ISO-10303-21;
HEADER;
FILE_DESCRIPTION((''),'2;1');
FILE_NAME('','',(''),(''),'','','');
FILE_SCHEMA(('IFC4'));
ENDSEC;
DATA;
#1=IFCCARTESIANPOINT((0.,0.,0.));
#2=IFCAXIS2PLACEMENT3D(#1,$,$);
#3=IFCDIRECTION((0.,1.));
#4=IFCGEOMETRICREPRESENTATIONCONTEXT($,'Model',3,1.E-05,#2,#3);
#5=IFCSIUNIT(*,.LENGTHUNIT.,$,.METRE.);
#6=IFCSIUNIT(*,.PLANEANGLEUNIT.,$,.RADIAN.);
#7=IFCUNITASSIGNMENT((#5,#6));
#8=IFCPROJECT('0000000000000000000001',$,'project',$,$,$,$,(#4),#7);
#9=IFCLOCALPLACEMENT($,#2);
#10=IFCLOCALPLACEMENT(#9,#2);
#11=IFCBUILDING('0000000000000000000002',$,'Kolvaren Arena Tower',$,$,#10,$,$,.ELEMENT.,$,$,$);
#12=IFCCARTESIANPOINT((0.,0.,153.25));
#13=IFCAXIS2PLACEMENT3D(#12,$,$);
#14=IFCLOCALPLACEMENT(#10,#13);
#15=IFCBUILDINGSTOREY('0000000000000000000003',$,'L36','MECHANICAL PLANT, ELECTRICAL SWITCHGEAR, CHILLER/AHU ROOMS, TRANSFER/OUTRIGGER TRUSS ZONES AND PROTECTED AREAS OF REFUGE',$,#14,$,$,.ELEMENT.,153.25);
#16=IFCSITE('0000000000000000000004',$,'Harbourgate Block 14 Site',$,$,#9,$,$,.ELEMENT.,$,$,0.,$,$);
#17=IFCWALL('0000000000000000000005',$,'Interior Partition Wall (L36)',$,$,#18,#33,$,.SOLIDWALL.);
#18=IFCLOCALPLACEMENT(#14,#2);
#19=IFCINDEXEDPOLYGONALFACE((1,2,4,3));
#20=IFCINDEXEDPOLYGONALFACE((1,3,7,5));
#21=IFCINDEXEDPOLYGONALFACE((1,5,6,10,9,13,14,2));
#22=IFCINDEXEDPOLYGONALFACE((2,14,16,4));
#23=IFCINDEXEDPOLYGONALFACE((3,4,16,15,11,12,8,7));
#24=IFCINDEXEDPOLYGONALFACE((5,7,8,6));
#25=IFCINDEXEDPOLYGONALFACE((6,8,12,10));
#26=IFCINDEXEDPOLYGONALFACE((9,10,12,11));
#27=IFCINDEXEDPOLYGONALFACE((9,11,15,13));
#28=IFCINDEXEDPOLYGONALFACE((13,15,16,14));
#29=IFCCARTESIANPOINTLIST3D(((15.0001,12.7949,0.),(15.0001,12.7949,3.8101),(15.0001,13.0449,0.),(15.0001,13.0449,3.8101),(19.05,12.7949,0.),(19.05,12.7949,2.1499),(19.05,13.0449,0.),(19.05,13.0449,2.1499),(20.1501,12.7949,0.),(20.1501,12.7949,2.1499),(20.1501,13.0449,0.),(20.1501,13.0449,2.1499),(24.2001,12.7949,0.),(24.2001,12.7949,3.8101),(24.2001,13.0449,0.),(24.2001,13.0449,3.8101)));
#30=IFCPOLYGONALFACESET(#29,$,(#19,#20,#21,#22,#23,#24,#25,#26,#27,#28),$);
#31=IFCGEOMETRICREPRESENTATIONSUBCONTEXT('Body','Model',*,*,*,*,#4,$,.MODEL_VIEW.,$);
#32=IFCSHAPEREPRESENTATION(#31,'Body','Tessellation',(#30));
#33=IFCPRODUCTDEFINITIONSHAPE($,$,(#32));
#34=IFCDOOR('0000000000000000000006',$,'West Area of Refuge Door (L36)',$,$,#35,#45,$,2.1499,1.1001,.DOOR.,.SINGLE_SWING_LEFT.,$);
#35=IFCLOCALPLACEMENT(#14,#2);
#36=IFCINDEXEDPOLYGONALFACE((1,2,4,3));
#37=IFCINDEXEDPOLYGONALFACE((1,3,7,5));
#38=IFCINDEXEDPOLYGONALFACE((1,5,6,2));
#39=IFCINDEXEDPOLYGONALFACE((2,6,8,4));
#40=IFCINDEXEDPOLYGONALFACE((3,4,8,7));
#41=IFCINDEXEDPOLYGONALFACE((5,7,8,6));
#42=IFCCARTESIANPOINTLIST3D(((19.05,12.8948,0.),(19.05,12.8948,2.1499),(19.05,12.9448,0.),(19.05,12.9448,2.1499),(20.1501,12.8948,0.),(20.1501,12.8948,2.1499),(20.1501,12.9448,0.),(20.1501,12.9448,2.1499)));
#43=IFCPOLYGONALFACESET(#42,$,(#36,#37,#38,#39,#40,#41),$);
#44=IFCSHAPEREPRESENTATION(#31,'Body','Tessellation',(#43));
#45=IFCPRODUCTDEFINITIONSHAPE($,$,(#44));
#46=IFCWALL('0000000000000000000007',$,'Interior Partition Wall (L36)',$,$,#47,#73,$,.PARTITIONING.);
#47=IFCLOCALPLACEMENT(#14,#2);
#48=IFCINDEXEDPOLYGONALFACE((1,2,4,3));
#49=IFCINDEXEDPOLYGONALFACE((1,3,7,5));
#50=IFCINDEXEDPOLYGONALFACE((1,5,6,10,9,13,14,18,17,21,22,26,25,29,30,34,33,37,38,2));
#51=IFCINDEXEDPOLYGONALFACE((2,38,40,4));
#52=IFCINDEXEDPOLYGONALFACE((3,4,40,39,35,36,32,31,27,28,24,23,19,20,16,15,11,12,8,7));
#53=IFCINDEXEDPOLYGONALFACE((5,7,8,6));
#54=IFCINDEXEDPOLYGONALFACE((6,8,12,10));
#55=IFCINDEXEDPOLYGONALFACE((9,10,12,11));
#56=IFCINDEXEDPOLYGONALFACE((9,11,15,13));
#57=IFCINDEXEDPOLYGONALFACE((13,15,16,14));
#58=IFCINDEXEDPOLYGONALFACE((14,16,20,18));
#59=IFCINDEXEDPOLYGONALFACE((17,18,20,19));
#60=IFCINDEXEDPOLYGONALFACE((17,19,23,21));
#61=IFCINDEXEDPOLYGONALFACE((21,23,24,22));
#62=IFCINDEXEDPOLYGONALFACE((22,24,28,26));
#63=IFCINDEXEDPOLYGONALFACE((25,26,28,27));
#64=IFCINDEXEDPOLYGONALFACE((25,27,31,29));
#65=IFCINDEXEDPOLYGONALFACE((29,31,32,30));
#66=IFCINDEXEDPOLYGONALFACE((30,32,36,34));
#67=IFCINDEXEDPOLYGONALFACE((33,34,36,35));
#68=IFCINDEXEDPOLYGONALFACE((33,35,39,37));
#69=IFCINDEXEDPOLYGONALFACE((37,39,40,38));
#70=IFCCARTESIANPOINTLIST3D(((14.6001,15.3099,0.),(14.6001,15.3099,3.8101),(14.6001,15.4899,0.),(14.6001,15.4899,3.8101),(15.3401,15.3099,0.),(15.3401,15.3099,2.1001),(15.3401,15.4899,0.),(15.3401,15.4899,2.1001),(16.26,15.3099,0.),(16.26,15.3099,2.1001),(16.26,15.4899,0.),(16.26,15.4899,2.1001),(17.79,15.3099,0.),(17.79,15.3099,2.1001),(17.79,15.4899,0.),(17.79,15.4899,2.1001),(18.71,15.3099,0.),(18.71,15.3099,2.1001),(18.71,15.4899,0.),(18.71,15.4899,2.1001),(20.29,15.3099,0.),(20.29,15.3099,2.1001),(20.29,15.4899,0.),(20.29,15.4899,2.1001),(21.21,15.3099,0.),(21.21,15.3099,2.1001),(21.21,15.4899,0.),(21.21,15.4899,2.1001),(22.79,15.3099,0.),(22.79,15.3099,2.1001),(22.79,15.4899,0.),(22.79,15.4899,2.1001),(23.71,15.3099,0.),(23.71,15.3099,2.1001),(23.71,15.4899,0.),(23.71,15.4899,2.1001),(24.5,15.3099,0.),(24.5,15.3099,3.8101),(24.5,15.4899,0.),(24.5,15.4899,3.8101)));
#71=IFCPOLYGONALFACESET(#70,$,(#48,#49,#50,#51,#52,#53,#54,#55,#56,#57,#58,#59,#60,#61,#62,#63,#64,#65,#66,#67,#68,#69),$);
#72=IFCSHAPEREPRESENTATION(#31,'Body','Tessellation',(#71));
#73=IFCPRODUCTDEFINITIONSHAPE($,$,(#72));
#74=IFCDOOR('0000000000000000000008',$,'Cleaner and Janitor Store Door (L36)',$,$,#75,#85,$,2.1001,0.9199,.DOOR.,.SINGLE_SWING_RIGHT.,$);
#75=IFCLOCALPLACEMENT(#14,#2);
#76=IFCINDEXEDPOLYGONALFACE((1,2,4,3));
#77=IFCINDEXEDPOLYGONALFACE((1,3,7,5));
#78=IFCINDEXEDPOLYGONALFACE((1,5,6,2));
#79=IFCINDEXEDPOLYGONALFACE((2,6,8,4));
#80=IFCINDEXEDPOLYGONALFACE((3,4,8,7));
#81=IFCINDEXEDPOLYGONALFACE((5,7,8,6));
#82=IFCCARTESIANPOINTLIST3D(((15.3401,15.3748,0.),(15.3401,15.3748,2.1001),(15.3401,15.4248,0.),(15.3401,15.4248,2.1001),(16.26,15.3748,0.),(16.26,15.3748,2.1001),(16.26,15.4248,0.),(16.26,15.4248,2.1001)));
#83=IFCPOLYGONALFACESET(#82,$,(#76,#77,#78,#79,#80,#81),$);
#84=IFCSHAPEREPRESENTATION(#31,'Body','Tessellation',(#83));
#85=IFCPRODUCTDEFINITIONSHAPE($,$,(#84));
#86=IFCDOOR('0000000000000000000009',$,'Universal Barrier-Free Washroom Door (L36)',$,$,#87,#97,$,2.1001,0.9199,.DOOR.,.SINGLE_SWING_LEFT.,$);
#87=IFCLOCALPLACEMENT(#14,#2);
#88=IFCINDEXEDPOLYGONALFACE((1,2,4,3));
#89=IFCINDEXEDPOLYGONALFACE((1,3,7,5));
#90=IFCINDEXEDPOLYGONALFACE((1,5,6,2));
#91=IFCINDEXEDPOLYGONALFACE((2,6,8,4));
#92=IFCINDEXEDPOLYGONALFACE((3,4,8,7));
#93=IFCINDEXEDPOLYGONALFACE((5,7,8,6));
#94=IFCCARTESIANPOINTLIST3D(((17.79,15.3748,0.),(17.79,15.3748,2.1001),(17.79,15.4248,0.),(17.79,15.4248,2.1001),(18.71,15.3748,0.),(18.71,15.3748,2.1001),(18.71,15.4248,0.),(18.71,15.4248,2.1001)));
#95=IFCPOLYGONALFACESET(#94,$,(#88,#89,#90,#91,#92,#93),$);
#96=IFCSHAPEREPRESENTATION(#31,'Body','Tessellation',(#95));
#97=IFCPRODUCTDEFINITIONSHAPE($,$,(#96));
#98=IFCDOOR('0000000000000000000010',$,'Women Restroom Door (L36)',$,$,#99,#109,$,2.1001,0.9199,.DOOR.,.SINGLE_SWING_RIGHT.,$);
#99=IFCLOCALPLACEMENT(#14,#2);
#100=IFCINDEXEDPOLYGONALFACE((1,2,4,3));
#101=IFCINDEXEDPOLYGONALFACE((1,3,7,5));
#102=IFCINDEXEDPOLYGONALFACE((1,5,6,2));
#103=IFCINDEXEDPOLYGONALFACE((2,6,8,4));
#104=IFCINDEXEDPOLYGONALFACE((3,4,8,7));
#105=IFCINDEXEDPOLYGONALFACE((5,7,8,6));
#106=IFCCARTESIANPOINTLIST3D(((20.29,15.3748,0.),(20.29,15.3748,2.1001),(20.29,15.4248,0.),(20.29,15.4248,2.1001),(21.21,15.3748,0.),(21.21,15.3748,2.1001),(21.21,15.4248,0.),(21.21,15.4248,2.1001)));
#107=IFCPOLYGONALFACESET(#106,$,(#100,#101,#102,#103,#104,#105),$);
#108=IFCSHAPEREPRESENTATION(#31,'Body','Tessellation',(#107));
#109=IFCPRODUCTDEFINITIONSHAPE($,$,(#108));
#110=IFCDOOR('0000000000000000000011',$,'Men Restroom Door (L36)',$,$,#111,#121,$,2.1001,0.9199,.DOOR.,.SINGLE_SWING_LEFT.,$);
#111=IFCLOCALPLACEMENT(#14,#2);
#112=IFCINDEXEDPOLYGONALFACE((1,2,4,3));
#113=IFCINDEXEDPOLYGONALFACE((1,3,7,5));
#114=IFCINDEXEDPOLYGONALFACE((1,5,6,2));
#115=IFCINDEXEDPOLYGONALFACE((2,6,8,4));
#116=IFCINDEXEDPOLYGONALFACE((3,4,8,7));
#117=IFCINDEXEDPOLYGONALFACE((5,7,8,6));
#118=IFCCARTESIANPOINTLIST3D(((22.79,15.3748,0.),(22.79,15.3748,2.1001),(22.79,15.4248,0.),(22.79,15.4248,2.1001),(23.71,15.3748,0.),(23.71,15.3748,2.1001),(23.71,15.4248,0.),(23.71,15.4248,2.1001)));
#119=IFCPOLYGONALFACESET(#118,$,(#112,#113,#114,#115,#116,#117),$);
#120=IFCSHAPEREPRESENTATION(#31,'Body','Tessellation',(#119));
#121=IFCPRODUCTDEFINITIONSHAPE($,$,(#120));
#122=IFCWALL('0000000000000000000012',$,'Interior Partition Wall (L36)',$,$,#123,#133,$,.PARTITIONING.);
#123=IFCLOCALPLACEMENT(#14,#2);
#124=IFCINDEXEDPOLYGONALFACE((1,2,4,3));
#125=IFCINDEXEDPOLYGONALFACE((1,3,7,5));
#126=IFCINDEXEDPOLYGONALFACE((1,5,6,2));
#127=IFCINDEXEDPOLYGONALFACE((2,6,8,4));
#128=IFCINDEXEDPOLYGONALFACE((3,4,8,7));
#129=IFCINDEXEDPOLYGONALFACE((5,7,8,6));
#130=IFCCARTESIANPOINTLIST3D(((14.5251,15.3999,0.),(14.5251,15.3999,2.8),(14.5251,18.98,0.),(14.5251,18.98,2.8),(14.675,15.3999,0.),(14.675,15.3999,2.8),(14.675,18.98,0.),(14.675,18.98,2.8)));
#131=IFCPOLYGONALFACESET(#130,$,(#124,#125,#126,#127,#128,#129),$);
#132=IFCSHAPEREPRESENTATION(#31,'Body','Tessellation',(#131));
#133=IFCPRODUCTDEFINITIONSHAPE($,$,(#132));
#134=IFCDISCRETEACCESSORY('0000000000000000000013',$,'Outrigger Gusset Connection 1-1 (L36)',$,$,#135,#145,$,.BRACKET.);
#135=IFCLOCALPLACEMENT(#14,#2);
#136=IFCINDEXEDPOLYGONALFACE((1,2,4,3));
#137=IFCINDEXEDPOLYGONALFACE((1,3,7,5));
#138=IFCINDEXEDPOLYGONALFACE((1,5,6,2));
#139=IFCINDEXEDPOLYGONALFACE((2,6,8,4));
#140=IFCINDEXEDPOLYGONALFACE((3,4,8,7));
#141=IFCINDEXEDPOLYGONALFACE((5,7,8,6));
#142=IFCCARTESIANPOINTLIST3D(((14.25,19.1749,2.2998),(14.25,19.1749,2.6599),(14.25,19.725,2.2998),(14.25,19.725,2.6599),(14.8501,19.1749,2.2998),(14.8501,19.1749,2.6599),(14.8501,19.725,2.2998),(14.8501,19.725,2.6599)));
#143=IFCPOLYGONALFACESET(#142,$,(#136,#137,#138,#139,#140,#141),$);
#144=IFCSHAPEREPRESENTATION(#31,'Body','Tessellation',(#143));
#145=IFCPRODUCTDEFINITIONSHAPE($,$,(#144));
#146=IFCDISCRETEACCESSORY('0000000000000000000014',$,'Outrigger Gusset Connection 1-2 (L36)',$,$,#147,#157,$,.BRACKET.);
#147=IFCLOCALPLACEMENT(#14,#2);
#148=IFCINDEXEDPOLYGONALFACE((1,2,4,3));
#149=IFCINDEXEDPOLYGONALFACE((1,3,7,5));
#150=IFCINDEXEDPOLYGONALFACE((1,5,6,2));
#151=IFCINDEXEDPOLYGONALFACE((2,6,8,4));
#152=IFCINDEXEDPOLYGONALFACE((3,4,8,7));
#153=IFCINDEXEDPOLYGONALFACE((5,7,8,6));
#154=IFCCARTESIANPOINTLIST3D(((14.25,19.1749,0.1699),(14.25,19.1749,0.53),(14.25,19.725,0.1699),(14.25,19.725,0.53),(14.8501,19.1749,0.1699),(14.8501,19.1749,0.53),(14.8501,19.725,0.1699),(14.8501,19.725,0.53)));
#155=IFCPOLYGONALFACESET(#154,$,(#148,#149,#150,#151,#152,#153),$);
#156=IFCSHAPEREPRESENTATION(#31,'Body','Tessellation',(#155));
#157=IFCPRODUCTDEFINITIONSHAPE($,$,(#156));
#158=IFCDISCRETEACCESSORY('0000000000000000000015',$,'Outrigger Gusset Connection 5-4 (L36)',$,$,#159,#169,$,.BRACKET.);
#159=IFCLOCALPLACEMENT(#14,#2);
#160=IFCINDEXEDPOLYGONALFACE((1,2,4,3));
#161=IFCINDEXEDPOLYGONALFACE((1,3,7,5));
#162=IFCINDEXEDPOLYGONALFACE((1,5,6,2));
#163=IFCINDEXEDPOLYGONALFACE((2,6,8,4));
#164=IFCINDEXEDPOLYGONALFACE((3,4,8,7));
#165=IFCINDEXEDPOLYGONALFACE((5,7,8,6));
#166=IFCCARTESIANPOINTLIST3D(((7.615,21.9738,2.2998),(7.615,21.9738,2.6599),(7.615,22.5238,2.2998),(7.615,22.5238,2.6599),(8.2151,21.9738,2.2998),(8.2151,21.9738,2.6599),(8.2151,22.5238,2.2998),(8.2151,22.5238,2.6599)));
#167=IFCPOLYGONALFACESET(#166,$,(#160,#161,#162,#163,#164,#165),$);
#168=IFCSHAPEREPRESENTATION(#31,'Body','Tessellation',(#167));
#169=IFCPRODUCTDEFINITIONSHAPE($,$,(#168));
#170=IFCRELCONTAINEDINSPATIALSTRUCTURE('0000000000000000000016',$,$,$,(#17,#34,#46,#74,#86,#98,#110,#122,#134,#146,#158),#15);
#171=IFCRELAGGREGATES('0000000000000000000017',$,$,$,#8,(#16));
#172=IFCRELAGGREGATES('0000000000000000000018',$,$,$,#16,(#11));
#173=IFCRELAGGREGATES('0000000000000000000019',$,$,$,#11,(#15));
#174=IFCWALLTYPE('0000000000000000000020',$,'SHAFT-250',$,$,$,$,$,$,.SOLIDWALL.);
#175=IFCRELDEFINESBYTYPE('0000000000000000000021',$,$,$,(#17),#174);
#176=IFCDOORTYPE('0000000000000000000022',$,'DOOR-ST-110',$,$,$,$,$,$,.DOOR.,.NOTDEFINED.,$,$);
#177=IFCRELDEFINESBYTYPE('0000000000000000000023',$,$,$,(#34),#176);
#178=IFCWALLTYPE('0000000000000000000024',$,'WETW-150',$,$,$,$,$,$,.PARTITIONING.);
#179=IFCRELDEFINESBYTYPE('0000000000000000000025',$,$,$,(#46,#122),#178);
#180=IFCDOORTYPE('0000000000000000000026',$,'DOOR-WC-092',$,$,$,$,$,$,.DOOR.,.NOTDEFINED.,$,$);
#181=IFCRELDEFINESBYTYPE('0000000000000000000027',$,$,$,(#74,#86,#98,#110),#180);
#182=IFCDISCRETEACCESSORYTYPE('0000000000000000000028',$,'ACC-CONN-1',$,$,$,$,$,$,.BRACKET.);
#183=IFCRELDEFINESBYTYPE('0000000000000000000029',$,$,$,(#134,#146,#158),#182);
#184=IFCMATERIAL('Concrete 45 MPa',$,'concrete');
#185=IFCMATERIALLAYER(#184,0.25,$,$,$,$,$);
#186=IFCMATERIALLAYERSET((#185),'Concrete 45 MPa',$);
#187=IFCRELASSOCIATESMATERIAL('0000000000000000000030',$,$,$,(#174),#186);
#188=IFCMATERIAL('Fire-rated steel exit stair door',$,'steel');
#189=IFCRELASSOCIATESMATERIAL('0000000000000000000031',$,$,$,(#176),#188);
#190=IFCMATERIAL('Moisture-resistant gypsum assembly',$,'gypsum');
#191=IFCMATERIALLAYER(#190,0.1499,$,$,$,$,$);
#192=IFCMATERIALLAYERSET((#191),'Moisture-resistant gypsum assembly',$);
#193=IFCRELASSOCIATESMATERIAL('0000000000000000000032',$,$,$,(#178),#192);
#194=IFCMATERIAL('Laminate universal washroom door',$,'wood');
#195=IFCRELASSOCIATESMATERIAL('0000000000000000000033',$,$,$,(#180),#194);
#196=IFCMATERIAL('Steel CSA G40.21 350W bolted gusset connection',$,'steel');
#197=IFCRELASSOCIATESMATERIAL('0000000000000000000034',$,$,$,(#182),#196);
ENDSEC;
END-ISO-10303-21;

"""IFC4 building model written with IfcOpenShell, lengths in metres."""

from ifc_helpers import new_model, si_unit, direction, frame, frame_2d, origin, origin_2d, place, context, subcontext, project, spatial, rectangle, extrude, material, layer, layer_set, type_object, element, fill, save


model = new_model("IFC4")

# Units and contexts
model_context = context("Model", 3, precision=1e-05, world=origin(), true_north=direction((0.0, 1.0)))
body_context = subcontext(model_context, "Body", "Model", "MODEL_VIEW")
ifc_project = project(units=[si_unit("LENGTHUNIT", "METRE"), si_unit("PLANEANGLEUNIT", "RADIAN")], contexts=[model_context])

# Site, building, storey
site_placement = place(None, origin())
site = spatial("IfcSite", under=ifc_project, at=site_placement, Name="Harbourgate Block 14 Site", CompositionType="ELEMENT", RefElevation=0.0)
building_placement = place(site_placement, origin())
building = spatial("IfcBuilding", under=site, at=building_placement, Name="Kolvaren Arena Tower", CompositionType="ELEMENT")
storey_placement = place(building_placement, frame((0.0, 0.0, 153.25)))
storey = spatial("IfcBuildingStorey", under=building, at=storey_placement, Name="L36", Description="MECHANICAL PLANT, ELECTRICAL SWITCHGEAR, CHILLER/AHU ROOMS, TRANSFER/OUTRIGGER TRUSS ZONES AND PROTECTED AREAS OF REFUGE", CompositionType="ELEMENT", Elevation=153.25)

# Shared definitions
ifc_material_1 = material(Name="Concrete 45 MPa", Category="concrete")
ifc_layer_1 = layer(ifc_material_1, 0.25)
ifc_layer_set_1 = layer_set([ifc_layer_1], Name="Concrete 45 MPa")
wall_type_1 = type_object("IfcWallType", Name="SHAFT-250", PredefinedType="SOLIDWALL", material=ifc_layer_set_1)

# Wall, opening, door
wall_1_placement = place(storey_placement, frame((15.0, 12.9199, 0.0), z_axis=(0.0, 0.0, 1.0), x_axis=(1.0, 0.0, 0.0)))
wall_1 = element("IfcWall", 1, at=wall_1_placement, inside=storey, type_object=wall_type_1, Name="Interior Partition Wall (L36)", PredefinedType="SOLIDWALL", context=body_context, shape_type="SweptSolid", body=[
    extrude(rectangle(XDim=9.2, YDim=0.25, at=frame_2d((4.6001, 0.0))), origin(), (0.0, 0.0, 1.0), 3.8101),
])
opening_1_placement = place(wall_1_placement, frame((4.05, 0.0, 0.0)))
opening_1 = element("IfcOpeningElement", 2, at=opening_1_placement, cuts=wall_1, PredefinedType="OPENING", context=body_context, shape_type="SweptSolid", body=[
    extrude(rectangle(XDim=1.1001, YDim=2.1499, at=frame_2d((0.55, 1.075))), frame((0.0, 0.135, 0.0), z_axis=(0.0, -1.0, 0.0), x_axis=(1.0, 0.0, 0.0)), (0.0, 0.0, 1.0), 0.27),
])
ifc_material_2 = material(Name="Fire-rated steel exit stair door", Category="steel")
door_type_1 = type_object("IfcDoorType", Name="DOOR-ST-110", OperationType="NOTDEFINED", PredefinedType="DOOR", material=ifc_material_2)
door_1_placement = place(opening_1_placement, origin())
door_1 = element("IfcDoor", 3, at=door_1_placement, inside=storey, type_object=door_type_1, Name="West Area of Refuge Door (L36)", OperationType="SINGLE_SWING_LEFT", OverallHeight=2.1499, OverallWidth=1.1001, PredefinedType="DOOR", context=body_context, shape_type="SweptSolid", body=[
    extrude(rectangle(XDim=1.1001, YDim=2.1499, at=frame_2d((0.55, 1.075))), frame((0.0, 0.0249, 0.0), z_axis=(0.0, -1.0, 0.0), x_axis=(1.0, 0.0, 0.0)), (0.0, 0.0, 1.0), 0.05),
])
fill(opening_1, door_1)

# Wall, openings, doors
ifc_material_3 = material(Name="Moisture-resistant gypsum assembly", Category="gypsum")
ifc_layer_2 = layer(ifc_material_3, 0.1499)
ifc_layer_set_2 = layer_set([ifc_layer_2], Name="Moisture-resistant gypsum assembly")
wall_type_2 = type_object("IfcWallType", Name="WETW-150", PredefinedType="PARTITIONING", material=ifc_layer_set_2)
wall_2_placement = place(storey_placement, frame((14.6001, 15.3999, 0.0), z_axis=(0.0, 0.0, 1.0), x_axis=(1.0, 0.0, 0.0)))
wall_2 = element("IfcWall", 4, at=wall_2_placement, inside=storey, type_object=wall_type_2, Name="Interior Partition Wall (L36)", PredefinedType="PARTITIONING", context=body_context, shape_type="SweptSolid", body=[
    extrude(rectangle(XDim=9.8999, YDim=0.1799, at=frame_2d((4.95, 0.0))), origin(), (0.0, 0.0, 1.0), 3.8101),
])
opening_2_placement = place(wall_2_placement, frame((0.74, 0.0, 0.0)))
opening_2 = element("IfcOpeningElement", 5, at=opening_2_placement, cuts=wall_2, PredefinedType="OPENING", context=body_context, shape_type="SweptSolid", body=[
    extrude(rectangle(XDim=0.9199, YDim=2.1001, at=frame_2d((0.46, 1.05))), frame((0.0, 0.0999, 0.0), z_axis=(0.0, -1.0, 0.0), x_axis=(1.0, 0.0, 0.0)), (0.0, 0.0, 1.0), 0.2),
])
opening_3_placement = place(wall_2_placement, frame((3.1899, 0.0, 0.0)))
opening_3 = element("IfcOpeningElement", 6, at=opening_3_placement, cuts=wall_2, PredefinedType="OPENING", context=body_context, shape_type="SweptSolid", body=[
    extrude(rectangle(XDim=0.9199, YDim=2.1001, at=frame_2d((0.46, 1.05))), frame((0.0, 0.0999, 0.0), z_axis=(0.0, -1.0, 0.0), x_axis=(1.0, 0.0, 0.0)), (0.0, 0.0, 1.0), 0.2),
])
opening_4_placement = place(wall_2_placement, frame((5.6899, 0.0, 0.0)))
opening_4 = element("IfcOpeningElement", 7, at=opening_4_placement, cuts=wall_2, PredefinedType="OPENING", context=body_context, shape_type="SweptSolid", body=[
    extrude(rectangle(XDim=0.9199, YDim=2.1001, at=frame_2d((0.46, 1.05))), frame((0.0, 0.0999, 0.0), z_axis=(0.0, -1.0, 0.0), x_axis=(1.0, 0.0, 0.0)), (0.0, 0.0, 1.0), 0.2),
])
opening_5_placement = place(wall_2_placement, frame((8.1899, 0.0, 0.0)))
opening_5 = element("IfcOpeningElement", 8, at=opening_5_placement, cuts=wall_2, PredefinedType="OPENING", context=body_context, shape_type="SweptSolid", body=[
    extrude(rectangle(XDim=0.9199, YDim=2.1001, at=frame_2d((0.46, 1.05))), frame((0.0, 0.0999, 0.0), z_axis=(0.0, -1.0, 0.0), x_axis=(1.0, 0.0, 0.0)), (0.0, 0.0, 1.0), 0.2),
])
ifc_material_4 = material(Name="Laminate universal washroom door", Category="wood")
door_type_2 = type_object("IfcDoorType", Name="DOOR-WC-092", OperationType="NOTDEFINED", PredefinedType="DOOR", material=ifc_material_4)
door_2_placement = place(opening_2_placement, origin())
door_2 = element("IfcDoor", 9, at=door_2_placement, inside=storey, type_object=door_type_2, Name="Cleaner and Janitor Store Door (L36)", OperationType="SINGLE_SWING_RIGHT", OverallHeight=2.1001, OverallWidth=0.9199, PredefinedType="DOOR", context=body_context, shape_type="SweptSolid", body=[
    extrude(rectangle(XDim=0.9199, YDim=2.1001, at=frame_2d((0.46, 1.05))), frame((0.0, 0.0249, 0.0), z_axis=(0.0, -1.0, 0.0), x_axis=(1.0, 0.0, 0.0)), (0.0, 0.0, 1.0), 0.05),
])
fill(opening_2, door_2)
door_3_placement = place(opening_3_placement, origin())
door_3 = element("IfcDoor", 10, at=door_3_placement, inside=storey, type_object=door_type_2, Name="Universal Barrier-Free Washroom Door (L36)", OperationType="SINGLE_SWING_LEFT", OverallHeight=2.1001, OverallWidth=0.9199, PredefinedType="DOOR", context=body_context, shape_type="SweptSolid", body=[
    extrude(rectangle(XDim=0.9199, YDim=2.1001, at=frame_2d((0.46, 1.05))), frame((0.0, 0.0249, 0.0), z_axis=(0.0, -1.0, 0.0), x_axis=(1.0, 0.0, 0.0)), (0.0, 0.0, 1.0), 0.05),
])
fill(opening_3, door_3)
door_4_placement = place(opening_4_placement, origin())
door_4 = element("IfcDoor", 11, at=door_4_placement, inside=storey, type_object=door_type_2, Name="Women Restroom Door (L36)", OperationType="SINGLE_SWING_RIGHT", OverallHeight=2.1001, OverallWidth=0.9199, PredefinedType="DOOR", context=body_context, shape_type="SweptSolid", body=[
    extrude(rectangle(XDim=0.9199, YDim=2.1001, at=frame_2d((0.46, 1.05))), frame((0.0, 0.0249, 0.0), z_axis=(0.0, -1.0, 0.0), x_axis=(1.0, 0.0, 0.0)), (0.0, 0.0, 1.0), 0.05),
])
fill(opening_4, door_4)
door_5_placement = place(opening_5_placement, origin())
door_5 = element("IfcDoor", 12, at=door_5_placement, inside=storey, type_object=door_type_2, Name="Men Restroom Door (L36)", OperationType="SINGLE_SWING_LEFT", OverallHeight=2.1001, OverallWidth=0.9199, PredefinedType="DOOR", context=body_context, shape_type="SweptSolid", body=[
    extrude(rectangle(XDim=0.9199, YDim=2.1001, at=frame_2d((0.46, 1.05))), frame((0.0, 0.0249, 0.0), z_axis=(0.0, -1.0, 0.0), x_axis=(1.0, 0.0, 0.0)), (0.0, 0.0, 1.0), 0.05),
])
fill(opening_5, door_5)

# Wall
wall_3_placement = place(storey_placement, frame((14.6001, 15.3999, 0.0), z_axis=(0.0, 0.0, 1.0), x_axis=(0.0, 1.0, 0.0)))
element("IfcWall", 13, at=wall_3_placement, inside=storey, type_object=wall_type_2, Name="Interior Partition Wall (L36)", PredefinedType="PARTITIONING", context=body_context, shape_type="SweptSolid", body=[
    extrude(rectangle(XDim=3.5801, YDim=0.1499, at=frame_2d((1.79, 0.0))), origin(), (0.0, 0.0, 1.0), 2.8),
])

# Discrete accessories
ifc_material_5 = material(Name="Steel CSA G40.21 350W bolted gusset connection", Category="steel")
discrete_accessory_type = type_object("IfcDiscreteAccessoryType", Name="ACC-CONN-1", PredefinedType="BRACKET", material=ifc_material_5)
for number, where, z_axis, x_axis, name in (
    (14, (14.55, 19.45, 2.2998), (0.0, 0.0, 1.0), (1.0, 0.0, 0.0), "Outrigger Gusset Connection 1-1 (L36)"),
    (15, (14.55, 19.45, 0.1699), (0.0, 0.0, 1.0), (1.0, 0.0, 0.0), "Outrigger Gusset Connection 1-2 (L36)"),
    (16, (7.915, 22.2488, 2.2998), (0.0, 0.0, 1.0), (1.0, 0.0, 0.0), "Outrigger Gusset Connection 5-4 (L36)"),
):
    element("IfcDiscreteAccessory", number, at=place(storey_placement, frame(where, z_axis=z_axis, x_axis=x_axis)), inside=storey, type_object=discrete_accessory_type, Name=name, PredefinedType="BRACKET", context=body_context, shape_type="SweptSolid", body=[
        extrude(rectangle(XDim=0.6001, YDim=0.55, at=origin_2d()), origin(), (0.0, 0.0, 1.0), 0.3601),
    ])

save(model, "model.ifc")
